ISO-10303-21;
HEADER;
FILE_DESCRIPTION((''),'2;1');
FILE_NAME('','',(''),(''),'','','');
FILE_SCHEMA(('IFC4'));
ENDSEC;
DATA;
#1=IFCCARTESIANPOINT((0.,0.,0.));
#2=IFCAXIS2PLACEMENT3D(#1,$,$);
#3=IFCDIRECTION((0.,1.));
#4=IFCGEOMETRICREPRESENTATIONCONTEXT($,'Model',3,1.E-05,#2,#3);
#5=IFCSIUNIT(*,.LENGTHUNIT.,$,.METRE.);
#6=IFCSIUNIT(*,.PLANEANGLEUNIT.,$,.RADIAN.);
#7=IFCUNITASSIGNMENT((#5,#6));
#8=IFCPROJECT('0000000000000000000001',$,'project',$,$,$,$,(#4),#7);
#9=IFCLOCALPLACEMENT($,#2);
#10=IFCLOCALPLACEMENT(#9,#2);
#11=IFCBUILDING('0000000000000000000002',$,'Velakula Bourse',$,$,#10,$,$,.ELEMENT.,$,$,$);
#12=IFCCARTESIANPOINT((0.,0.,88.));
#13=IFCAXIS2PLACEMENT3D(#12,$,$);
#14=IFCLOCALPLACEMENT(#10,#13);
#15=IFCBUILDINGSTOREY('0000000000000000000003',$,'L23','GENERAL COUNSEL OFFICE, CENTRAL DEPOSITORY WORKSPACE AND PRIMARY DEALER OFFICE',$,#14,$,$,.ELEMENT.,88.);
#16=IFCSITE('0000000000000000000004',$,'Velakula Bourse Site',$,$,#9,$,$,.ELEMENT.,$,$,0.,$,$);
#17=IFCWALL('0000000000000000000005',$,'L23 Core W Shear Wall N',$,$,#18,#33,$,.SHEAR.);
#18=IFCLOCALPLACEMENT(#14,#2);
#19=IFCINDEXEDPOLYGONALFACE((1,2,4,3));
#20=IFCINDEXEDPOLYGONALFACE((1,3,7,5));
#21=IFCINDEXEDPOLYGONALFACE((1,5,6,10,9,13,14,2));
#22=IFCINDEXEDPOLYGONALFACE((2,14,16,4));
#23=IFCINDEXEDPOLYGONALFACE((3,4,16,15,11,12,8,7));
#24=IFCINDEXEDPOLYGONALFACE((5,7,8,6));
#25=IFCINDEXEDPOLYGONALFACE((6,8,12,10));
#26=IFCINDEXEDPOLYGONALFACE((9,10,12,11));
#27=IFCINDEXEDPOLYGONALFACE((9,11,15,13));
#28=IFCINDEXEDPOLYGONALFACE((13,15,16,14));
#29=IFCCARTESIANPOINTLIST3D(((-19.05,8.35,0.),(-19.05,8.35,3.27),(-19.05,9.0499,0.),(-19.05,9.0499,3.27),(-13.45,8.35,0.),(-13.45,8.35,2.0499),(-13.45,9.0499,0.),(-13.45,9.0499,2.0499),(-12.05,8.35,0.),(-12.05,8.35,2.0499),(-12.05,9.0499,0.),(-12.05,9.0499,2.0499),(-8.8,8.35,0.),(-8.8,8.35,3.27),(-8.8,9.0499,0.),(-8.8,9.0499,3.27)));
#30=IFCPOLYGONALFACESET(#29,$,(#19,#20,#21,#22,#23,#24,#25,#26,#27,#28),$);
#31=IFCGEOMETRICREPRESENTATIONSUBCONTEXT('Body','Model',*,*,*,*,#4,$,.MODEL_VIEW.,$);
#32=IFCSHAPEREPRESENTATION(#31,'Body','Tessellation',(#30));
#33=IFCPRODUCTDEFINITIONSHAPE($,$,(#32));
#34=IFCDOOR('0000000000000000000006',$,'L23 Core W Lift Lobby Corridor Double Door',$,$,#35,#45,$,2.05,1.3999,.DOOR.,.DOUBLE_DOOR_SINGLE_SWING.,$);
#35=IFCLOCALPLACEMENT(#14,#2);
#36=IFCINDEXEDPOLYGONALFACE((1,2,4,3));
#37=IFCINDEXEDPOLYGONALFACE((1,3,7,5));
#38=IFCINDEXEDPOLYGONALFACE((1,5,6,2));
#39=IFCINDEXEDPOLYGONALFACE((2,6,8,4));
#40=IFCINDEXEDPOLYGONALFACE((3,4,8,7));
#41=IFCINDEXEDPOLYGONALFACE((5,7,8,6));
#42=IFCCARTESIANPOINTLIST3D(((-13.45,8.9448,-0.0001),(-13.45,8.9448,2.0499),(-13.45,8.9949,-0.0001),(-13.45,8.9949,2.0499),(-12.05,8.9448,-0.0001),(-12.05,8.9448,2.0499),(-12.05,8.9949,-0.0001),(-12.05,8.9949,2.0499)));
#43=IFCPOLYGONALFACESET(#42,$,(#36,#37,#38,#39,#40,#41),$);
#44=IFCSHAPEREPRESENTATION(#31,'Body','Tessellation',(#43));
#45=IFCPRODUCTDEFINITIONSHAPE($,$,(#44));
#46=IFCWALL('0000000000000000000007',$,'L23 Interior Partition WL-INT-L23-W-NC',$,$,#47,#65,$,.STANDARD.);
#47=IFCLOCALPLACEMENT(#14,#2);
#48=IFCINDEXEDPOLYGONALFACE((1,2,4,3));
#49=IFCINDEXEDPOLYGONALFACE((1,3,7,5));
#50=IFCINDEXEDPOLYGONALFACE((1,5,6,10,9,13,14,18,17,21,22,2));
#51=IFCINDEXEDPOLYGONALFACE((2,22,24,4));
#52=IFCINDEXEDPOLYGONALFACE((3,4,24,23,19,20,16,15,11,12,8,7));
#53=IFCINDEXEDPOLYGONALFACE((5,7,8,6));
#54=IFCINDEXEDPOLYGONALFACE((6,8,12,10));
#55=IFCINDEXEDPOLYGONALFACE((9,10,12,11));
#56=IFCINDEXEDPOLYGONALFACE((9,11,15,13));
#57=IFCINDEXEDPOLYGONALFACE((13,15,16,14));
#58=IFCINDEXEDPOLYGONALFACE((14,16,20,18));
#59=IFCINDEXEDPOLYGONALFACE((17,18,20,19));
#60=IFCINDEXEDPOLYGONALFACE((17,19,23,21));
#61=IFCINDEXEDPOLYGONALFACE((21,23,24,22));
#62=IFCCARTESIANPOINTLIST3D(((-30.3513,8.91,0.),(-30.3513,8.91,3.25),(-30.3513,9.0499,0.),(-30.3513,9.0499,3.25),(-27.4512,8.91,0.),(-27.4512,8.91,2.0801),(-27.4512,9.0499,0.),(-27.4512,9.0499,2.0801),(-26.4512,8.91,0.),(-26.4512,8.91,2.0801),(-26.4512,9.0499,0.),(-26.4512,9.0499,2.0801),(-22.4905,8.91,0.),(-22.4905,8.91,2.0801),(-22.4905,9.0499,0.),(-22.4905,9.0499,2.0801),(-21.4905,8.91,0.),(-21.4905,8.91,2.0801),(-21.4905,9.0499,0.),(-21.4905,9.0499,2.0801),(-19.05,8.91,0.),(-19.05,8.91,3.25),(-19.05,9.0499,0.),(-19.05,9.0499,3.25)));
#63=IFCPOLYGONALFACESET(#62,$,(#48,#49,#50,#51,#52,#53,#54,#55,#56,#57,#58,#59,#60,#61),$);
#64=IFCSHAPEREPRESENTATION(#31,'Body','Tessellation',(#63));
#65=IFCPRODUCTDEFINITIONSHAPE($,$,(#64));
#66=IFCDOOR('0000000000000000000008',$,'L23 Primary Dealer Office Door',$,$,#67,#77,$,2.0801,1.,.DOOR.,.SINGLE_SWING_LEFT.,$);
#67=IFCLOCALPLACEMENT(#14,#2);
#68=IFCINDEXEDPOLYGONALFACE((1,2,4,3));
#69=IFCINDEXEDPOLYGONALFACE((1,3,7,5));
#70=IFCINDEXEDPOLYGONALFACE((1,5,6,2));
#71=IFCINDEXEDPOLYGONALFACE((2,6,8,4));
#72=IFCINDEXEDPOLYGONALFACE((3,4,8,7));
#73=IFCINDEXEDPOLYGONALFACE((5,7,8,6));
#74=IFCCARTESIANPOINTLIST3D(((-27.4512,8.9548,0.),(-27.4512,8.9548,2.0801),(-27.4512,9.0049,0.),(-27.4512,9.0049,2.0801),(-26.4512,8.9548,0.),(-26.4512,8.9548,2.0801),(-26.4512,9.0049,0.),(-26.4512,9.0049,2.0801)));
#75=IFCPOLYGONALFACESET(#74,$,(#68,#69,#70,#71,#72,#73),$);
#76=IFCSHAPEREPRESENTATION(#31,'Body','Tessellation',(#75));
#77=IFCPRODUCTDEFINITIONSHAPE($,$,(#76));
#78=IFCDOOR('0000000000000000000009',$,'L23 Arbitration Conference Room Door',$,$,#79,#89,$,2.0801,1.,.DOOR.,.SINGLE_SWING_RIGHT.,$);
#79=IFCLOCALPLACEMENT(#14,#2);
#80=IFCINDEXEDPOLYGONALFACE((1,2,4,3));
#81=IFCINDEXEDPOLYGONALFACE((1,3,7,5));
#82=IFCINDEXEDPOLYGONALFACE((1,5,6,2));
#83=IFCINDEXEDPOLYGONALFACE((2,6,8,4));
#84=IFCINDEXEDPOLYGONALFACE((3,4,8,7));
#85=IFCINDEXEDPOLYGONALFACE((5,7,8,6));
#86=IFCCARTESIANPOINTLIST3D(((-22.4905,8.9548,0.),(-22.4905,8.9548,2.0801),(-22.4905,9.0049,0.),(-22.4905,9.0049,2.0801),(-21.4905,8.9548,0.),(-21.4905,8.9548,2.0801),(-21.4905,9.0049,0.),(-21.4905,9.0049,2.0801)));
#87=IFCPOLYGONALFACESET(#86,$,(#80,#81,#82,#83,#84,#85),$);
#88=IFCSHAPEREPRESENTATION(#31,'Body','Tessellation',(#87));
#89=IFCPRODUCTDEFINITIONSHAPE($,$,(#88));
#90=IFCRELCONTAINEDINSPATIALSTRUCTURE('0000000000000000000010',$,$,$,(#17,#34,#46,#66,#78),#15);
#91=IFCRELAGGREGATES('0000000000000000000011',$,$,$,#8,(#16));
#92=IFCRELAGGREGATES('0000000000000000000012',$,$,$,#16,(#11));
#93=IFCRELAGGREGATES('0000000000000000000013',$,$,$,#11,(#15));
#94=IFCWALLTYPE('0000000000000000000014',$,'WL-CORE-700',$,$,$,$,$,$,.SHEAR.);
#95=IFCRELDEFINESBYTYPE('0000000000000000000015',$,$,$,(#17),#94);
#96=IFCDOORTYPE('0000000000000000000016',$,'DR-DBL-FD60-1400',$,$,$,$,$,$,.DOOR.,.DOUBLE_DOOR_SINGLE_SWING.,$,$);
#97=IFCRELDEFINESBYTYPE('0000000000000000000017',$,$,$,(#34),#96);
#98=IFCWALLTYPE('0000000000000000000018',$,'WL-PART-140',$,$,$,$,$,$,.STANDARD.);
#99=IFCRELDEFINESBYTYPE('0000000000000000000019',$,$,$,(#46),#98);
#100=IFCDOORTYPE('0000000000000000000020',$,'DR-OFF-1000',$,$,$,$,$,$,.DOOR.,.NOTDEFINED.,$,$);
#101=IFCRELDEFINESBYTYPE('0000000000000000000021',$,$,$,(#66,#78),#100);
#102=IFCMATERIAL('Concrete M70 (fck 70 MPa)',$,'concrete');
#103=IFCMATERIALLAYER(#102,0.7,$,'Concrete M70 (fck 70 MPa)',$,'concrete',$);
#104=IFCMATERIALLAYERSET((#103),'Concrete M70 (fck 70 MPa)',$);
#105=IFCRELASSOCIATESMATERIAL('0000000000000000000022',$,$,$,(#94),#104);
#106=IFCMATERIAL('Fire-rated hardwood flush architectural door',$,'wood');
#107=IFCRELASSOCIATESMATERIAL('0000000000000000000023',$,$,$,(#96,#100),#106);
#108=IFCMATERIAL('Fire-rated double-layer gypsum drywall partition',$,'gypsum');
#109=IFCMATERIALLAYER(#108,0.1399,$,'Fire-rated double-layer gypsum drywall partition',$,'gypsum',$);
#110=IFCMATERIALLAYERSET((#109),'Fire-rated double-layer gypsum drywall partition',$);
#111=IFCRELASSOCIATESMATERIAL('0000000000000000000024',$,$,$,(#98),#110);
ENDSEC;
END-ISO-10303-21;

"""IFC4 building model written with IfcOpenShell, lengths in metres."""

from ifc_helpers import new_model, si_unit, direction, frame, frame_2d, origin, place, context, subcontext, project, spatial, rectangle, extrude, material, layer, layer_set, type_object, element, fill, save


model = new_model("IFC4")

# Units and contexts
model_context = context("Model", 3, precision=1e-05, world=origin(), true_north=direction((0.0, 1.0)))
body_context = subcontext(model_context, "Body", "Model", "MODEL_VIEW")
ifc_project = project(units=[si_unit("LENGTHUNIT", "METRE"), si_unit("PLANEANGLEUNIT", "RADIAN")], contexts=[model_context])

# Site, building, storey
site_placement = place(None, origin())
site = spatial("IfcSite", under=ifc_project, at=site_placement, Name="Velakula Bourse Site", CompositionType="ELEMENT", RefElevation=0.0)
building_placement = place(site_placement, origin())
building = spatial("IfcBuilding", under=site, at=building_placement, Name="Velakula Bourse", CompositionType="ELEMENT")
storey_placement = place(building_placement, frame((0.0, 0.0, 88.0)))
storey = spatial("IfcBuildingStorey", under=building, at=storey_placement, Name="L23", Description="GENERAL COUNSEL OFFICE, CENTRAL DEPOSITORY WORKSPACE AND PRIMARY DEALER OFFICE", CompositionType="ELEMENT", Elevation=88.0)

# Shared definitions
ifc_material_1 = material(Name="Concrete M70 (fck 70 MPa)", Category="concrete")

# Wall, opening, door
ifc_layer_1 = layer(ifc_material_1, 0.7, Name="Concrete M70 (fck 70 MPa)", Category="concrete")
ifc_layer_set_1 = layer_set([ifc_layer_1], Name="Concrete M70 (fck 70 MPa)")
wall_type_1 = type_object("IfcWallType", Name="WL-CORE-700", PredefinedType="SHEAR", material=ifc_layer_set_1)
wall_1_placement = place(storey_placement, frame((-19.05, 8.7, 0.0), z_axis=(0.0, 0.0, 1.0), x_axis=(1.0, 0.0, 0.0)))
wall_1 = element("IfcWall", 1, at=wall_1_placement, inside=storey, type_object=wall_type_1, Name="L23 Core W Shear Wall N", PredefinedType="SHEAR", context=body_context, shape_type="SweptSolid", body=[
    extrude(rectangle(XDim=10.25, YDim=0.7, at=frame_2d((5.125, 0.0))), origin(), (0.0, 0.0, 1.0), 3.27),
])
opening_1_placement = place(wall_1_placement, frame((5.6001, 0.0, 0.0)))
opening_1 = element("IfcOpeningElement", 2, at=opening_1_placement, cuts=wall_1, PredefinedType="OPENING", context=body_context, shape_type="SweptSolid", body=[
    extrude(rectangle(XDim=1.3999, YDim=2.05, at=frame_2d((0.7, 1.0249))), frame((0.0, 0.3599, 0.0), z_axis=(0.0, -1.0, 0.0), x_axis=(1.0, 0.0, 0.0)), (0.0, 0.0, 1.0), 0.72),
])
ifc_material_2 = material(Name="Fire-rated hardwood flush architectural door", Category="wood")
door_type_1 = type_object("IfcDoorType", Name="DR-DBL-FD60-1400", OperationType="DOUBLE_DOOR_SINGLE_SWING", PredefinedType="DOOR", material=ifc_material_2)
door_1_placement = place(opening_1_placement, origin())
door_1 = element("IfcDoor", 3, at=door_1_placement, inside=storey, type_object=door_type_1, Name="L23 Core W Lift Lobby Corridor Double Door", OperationType="DOUBLE_DOOR_SINGLE_SWING", OverallHeight=2.05, OverallWidth=1.3999, PredefinedType="DOOR", context=body_context, shape_type="SweptSolid", body=[
    extrude(rectangle(XDim=1.3999, YDim=2.05, at=frame_2d((0.7, 1.0249))), frame((0.0, 0.2949, 0.0), z_axis=(0.0, -1.0, 0.0), x_axis=(1.0, 0.0, 0.0)), (0.0, 0.0, 1.0), 0.05),
])
fill(opening_1, door_1)

# Wall, openings, doors
ifc_material_3 = material(Name="Fire-rated double-layer gypsum drywall partition", Category="gypsum")
ifc_layer_2 = layer(ifc_material_3, 0.1399, Name="Fire-rated double-layer gypsum drywall partition", Category="gypsum")
ifc_layer_set_2 = layer_set([ifc_layer_2], Name="Fire-rated double-layer gypsum drywall partition")
wall_type_2 = type_object("IfcWallType", Name="WL-PART-140", PredefinedType="STANDARD", material=ifc_layer_set_2)
wall_2_placement = place(storey_placement, frame((-30.3513, 8.98, 0.0), z_axis=(0.0, 0.0, 1.0), x_axis=(1.0, 0.0, 0.0)))
wall_2 = element("IfcWall", 4, at=wall_2_placement, inside=storey, type_object=wall_type_2, Name="L23 Interior Partition WL-INT-L23-W-NC", PredefinedType="STANDARD", context=body_context, shape_type="SweptSolid", body=[
    extrude(rectangle(XDim=11.3013, YDim=0.1399, at=frame_2d((5.6506, 0.0))), origin(), (0.0, 0.0, 1.0), 3.25),
])
opening_2_placement = place(wall_2_placement, frame((2.9001, 0.0, 0.0)))
opening_2 = element("IfcOpeningElement", 5, at=opening_2_placement, cuts=wall_2, PredefinedType="OPENING", context=body_context, shape_type="SweptSolid", body=[
    extrude(rectangle(XDim=1.0, YDim=2.0801, at=frame_2d((0.5, 1.04))), frame((0.0, 0.0798, 0.0), z_axis=(0.0, -1.0, 0.0), x_axis=(1.0, 0.0, 0.0)), (0.0, 0.0, 1.0), 0.1599),
])
opening_3_placement = place(wall_2_placement, frame((7.8608, 0.0, 0.0)))
opening_3 = element("IfcOpeningElement", 6, at=opening_3_placement, cuts=wall_2, PredefinedType="OPENING", context=body_context, shape_type="SweptSolid", body=[
    extrude(rectangle(XDim=1.0, YDim=2.0801, at=frame_2d((0.5, 1.04))), frame((0.0, 0.0798, 0.0), z_axis=(0.0, -1.0, 0.0), x_axis=(1.0, 0.0, 0.0)), (0.0, 0.0, 1.0), 0.1599),
])
door_type_2 = type_object("IfcDoorType", Name="DR-OFF-1000", OperationType="NOTDEFINED", PredefinedType="DOOR", material=ifc_material_2)
door_2_placement = place(opening_2_placement, origin())
door_2 = element("IfcDoor", 7, at=door_2_placement, inside=storey, type_object=door_type_2, Name="L23 Primary Dealer Office Door", OperationType="SINGLE_SWING_LEFT", OverallHeight=2.0801, OverallWidth=1.0, PredefinedType="DOOR", context=body_context, shape_type="SweptSolid", body=[
    extrude(rectangle(XDim=1.0, YDim=2.0801, at=frame_2d((0.5, 1.04))), frame((0.0, 0.0249, 0.0), z_axis=(0.0, -1.0, 0.0), x_axis=(1.0, 0.0, 0.0)), (0.0, 0.0, 1.0), 0.05),
])
fill(opening_2, door_2)
door_3_placement = place(opening_3_placement, origin())
door_3 = element("IfcDoor", 8, at=door_3_placement, inside=storey, type_object=door_type_2, Name="L23 Arbitration Conference Room Door", OperationType="SINGLE_SWING_RIGHT", OverallHeight=2.0801, OverallWidth=1.0, PredefinedType="DOOR", context=body_context, shape_type="SweptSolid", body=[
    extrude(rectangle(XDim=1.0, YDim=2.0801, at=frame_2d((0.5, 1.04))), frame((0.0, 0.0249, 0.0), z_axis=(0.0, -1.0, 0.0), x_axis=(1.0, 0.0, 0.0)), (0.0, 0.0, 1.0), 0.05),
])
fill(opening_3, door_3)

save(model, "model.ifc")
